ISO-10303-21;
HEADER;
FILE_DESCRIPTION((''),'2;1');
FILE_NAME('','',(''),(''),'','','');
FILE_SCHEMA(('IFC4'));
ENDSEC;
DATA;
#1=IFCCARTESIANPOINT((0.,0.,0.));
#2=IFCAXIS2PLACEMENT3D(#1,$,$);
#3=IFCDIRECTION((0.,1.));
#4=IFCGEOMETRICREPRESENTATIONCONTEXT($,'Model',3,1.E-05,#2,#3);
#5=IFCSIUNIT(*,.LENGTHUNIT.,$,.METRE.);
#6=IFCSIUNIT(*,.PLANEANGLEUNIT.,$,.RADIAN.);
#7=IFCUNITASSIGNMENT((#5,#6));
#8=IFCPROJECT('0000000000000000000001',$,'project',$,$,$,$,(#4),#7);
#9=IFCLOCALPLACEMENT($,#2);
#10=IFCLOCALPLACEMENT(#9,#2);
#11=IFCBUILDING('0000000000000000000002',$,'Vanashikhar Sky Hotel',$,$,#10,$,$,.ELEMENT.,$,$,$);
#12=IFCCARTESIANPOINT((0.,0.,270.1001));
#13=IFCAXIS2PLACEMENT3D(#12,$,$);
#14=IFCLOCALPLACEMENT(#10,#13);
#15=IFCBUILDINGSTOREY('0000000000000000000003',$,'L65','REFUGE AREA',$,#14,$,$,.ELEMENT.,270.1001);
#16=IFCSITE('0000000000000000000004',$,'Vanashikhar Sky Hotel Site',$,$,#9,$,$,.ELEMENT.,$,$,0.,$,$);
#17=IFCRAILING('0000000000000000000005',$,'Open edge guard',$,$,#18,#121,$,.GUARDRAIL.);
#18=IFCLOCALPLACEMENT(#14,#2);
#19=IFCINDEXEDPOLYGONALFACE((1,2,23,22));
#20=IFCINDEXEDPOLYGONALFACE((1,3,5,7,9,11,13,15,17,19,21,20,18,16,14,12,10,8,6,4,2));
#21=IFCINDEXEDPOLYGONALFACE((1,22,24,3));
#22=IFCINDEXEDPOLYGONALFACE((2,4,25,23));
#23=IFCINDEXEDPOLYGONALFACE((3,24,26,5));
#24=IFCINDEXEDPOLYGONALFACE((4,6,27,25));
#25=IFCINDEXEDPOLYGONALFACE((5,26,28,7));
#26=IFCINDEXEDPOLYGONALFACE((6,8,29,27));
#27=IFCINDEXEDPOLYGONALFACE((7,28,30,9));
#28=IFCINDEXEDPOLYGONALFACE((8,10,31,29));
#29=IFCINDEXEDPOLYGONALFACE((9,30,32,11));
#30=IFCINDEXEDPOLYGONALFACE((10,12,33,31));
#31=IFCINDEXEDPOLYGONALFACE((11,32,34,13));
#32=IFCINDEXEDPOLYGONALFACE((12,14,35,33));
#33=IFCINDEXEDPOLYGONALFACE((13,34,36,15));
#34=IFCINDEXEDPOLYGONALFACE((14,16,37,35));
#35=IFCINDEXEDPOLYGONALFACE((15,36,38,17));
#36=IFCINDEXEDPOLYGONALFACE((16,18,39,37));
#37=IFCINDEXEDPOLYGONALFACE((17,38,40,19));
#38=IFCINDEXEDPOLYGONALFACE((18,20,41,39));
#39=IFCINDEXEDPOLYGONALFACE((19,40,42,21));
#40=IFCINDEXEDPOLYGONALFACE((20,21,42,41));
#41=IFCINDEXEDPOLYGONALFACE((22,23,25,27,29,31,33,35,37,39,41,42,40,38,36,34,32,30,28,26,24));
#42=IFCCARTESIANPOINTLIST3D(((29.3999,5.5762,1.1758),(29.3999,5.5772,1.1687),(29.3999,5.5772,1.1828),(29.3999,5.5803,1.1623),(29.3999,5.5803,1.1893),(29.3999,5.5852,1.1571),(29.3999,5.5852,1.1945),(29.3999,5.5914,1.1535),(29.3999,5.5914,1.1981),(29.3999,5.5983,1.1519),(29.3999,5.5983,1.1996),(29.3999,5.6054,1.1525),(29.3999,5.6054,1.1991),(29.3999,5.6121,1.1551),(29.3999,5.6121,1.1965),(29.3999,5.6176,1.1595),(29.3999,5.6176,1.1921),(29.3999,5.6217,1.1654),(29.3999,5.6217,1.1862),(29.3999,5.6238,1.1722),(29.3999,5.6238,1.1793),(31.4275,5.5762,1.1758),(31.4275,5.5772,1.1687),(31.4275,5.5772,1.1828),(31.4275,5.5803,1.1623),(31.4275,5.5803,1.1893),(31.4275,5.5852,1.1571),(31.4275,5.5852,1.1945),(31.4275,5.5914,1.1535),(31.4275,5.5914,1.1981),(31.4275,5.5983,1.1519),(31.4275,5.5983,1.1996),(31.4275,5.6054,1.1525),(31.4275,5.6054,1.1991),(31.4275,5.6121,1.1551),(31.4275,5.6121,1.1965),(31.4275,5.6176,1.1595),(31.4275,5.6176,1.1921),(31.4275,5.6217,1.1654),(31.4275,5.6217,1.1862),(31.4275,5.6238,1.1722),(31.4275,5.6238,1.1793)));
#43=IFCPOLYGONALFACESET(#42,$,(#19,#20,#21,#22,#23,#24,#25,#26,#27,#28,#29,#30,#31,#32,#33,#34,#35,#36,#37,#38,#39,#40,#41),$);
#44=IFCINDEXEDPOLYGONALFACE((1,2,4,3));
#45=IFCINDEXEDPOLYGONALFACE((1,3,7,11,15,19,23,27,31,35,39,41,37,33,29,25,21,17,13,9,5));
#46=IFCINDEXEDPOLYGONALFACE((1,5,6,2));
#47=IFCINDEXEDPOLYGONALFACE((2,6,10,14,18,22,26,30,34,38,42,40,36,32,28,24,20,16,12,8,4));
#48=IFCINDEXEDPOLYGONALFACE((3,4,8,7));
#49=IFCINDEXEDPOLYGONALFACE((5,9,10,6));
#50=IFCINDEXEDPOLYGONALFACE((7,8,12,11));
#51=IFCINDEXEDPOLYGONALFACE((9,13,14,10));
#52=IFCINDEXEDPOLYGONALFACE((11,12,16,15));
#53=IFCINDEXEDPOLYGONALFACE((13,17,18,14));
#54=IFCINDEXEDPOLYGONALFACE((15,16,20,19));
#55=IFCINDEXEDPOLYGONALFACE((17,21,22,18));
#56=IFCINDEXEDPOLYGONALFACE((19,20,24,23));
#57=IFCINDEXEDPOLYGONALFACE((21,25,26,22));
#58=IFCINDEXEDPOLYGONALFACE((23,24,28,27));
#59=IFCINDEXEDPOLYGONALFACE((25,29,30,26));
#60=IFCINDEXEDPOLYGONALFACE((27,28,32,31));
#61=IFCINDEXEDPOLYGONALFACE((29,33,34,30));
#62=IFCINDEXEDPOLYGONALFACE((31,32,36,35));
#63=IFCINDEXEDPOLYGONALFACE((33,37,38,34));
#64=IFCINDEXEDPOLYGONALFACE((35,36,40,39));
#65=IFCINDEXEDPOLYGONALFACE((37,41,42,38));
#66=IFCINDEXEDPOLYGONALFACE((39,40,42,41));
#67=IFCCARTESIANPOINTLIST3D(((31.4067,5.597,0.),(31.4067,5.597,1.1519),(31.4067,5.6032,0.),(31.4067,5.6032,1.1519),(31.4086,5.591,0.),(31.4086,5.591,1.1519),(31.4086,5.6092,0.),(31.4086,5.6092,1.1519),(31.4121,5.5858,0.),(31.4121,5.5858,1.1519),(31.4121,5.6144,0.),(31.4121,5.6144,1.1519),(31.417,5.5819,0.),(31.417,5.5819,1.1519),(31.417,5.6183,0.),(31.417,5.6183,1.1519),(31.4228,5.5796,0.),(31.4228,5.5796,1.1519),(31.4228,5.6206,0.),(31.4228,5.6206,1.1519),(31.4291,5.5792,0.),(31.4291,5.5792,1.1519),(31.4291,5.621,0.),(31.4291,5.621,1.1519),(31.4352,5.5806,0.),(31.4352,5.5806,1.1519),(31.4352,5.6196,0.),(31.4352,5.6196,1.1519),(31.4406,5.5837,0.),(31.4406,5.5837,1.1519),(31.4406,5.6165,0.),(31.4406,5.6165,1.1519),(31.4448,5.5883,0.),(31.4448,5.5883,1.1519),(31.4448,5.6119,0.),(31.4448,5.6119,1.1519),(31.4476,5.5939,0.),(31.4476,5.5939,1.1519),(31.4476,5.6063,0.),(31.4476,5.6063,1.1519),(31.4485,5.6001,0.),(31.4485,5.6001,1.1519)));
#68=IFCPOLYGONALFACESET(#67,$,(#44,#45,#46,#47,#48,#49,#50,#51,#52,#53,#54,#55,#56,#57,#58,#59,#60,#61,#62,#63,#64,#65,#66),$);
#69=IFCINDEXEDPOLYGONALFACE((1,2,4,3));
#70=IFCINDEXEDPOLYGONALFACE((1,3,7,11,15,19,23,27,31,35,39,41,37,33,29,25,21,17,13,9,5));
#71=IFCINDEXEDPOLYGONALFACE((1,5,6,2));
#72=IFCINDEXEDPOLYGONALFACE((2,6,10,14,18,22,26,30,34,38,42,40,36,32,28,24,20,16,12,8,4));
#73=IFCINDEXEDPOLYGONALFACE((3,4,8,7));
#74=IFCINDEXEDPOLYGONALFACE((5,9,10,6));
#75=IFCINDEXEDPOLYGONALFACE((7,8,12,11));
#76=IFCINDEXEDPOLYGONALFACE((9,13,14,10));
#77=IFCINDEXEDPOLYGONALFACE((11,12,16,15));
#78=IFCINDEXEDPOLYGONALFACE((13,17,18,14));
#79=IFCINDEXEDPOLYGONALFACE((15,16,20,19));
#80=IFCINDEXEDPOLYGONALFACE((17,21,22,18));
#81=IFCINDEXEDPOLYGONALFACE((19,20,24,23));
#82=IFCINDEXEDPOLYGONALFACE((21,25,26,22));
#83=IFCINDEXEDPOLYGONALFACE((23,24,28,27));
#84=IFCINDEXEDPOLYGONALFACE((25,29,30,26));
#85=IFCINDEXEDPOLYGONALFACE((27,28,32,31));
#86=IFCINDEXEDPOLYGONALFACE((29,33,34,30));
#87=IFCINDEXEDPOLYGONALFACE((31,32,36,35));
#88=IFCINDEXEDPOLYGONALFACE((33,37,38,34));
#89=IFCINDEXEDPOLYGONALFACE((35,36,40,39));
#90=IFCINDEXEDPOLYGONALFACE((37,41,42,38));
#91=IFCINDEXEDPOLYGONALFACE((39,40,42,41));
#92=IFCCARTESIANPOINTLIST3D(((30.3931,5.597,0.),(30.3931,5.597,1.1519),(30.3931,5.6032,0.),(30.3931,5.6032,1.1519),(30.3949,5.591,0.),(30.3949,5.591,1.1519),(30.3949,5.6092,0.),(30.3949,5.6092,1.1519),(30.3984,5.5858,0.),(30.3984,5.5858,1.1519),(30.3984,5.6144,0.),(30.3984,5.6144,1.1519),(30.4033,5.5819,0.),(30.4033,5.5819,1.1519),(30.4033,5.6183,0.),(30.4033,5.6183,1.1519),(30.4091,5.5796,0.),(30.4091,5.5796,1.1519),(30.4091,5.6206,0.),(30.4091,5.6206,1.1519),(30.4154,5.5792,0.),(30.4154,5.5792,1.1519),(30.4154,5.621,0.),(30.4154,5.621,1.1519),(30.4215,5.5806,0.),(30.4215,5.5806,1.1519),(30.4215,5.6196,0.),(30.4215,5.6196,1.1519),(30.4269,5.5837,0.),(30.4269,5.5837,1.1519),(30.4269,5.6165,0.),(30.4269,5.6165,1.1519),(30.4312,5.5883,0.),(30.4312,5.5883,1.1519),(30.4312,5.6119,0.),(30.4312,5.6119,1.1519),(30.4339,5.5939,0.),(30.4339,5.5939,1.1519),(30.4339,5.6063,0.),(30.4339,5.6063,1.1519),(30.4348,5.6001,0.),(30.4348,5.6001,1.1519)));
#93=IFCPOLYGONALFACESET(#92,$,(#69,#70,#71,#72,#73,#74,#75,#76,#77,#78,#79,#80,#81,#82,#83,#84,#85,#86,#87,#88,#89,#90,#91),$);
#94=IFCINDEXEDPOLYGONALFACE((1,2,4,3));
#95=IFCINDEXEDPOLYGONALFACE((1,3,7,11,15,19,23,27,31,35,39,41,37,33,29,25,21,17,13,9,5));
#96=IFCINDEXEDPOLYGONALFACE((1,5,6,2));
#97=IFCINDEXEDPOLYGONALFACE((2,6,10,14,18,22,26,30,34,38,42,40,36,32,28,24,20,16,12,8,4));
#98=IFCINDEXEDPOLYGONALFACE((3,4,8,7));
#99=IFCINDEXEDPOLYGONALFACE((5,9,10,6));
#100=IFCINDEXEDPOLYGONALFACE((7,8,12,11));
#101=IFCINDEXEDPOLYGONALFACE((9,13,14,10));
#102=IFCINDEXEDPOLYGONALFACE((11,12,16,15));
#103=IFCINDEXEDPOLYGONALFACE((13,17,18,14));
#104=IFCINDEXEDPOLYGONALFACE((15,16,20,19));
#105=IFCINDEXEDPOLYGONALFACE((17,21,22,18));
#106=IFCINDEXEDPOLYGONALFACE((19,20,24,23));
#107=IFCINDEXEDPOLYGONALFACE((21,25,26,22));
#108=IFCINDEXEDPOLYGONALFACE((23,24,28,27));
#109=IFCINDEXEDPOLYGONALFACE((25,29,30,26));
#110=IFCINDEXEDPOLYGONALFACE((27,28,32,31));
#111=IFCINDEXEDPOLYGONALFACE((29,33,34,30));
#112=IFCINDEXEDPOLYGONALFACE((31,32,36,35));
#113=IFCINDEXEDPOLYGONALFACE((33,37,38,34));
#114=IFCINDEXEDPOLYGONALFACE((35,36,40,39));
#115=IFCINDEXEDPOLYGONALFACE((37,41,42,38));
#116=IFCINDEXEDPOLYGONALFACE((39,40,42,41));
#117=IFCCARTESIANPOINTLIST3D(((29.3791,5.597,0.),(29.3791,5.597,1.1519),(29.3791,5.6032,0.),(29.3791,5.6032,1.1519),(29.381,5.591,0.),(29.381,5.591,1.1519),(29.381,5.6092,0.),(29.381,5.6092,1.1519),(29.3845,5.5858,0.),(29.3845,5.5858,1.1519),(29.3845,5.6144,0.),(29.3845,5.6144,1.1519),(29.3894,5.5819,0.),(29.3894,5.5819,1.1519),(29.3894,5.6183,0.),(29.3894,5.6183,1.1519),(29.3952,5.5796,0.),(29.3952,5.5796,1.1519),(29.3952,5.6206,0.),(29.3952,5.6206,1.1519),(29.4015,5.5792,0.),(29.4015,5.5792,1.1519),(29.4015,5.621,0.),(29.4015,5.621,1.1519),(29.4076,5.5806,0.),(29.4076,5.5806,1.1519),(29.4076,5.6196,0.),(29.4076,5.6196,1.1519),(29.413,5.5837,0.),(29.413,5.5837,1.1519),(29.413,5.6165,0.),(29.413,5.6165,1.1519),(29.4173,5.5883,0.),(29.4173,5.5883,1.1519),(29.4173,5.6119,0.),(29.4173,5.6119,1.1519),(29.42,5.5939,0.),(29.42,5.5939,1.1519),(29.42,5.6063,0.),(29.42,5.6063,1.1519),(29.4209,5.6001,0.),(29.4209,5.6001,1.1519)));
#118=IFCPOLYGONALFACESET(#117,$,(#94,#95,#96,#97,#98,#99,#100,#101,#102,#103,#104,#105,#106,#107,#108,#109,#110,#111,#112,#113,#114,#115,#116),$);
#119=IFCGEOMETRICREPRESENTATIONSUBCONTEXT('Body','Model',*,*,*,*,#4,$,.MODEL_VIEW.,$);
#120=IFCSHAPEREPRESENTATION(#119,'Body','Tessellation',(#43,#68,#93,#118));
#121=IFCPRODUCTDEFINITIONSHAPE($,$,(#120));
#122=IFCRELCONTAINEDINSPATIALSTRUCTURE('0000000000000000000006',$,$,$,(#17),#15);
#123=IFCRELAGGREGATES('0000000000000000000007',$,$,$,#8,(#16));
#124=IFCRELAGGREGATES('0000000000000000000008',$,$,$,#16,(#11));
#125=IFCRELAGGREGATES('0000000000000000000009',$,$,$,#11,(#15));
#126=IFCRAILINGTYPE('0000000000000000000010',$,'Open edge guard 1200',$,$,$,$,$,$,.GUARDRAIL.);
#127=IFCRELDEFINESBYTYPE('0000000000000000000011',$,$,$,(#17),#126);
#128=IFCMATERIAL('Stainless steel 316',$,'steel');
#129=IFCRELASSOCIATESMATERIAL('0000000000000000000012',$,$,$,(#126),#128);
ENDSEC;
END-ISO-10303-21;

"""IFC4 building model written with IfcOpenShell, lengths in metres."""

from ifc_helpers import new_model, si_unit, direction, frame, origin, origin_2d, place, context, subcontext, project, spatial, circle, extrude, source, transform, mapped, material, type_object, element, save


model = new_model("IFC4")

# Units and contexts
model_context = context("Model", 3, precision=1e-05, world=origin(), true_north=direction((0.0, 1.0)))
body_context = subcontext(model_context, "Body", "Model", "MODEL_VIEW")
ifc_project = project(units=[si_unit("LENGTHUNIT", "METRE"), si_unit("PLANEANGLEUNIT", "RADIAN")], contexts=[model_context])

# Site, building, storey
site_placement = place(None, origin())
site = spatial("IfcSite", under=ifc_project, at=site_placement, Name="Vanashikhar Sky Hotel Site", CompositionType="ELEMENT", RefElevation=0.0)
building_placement = place(site_placement, origin())
building = spatial("IfcBuilding", under=site, at=building_placement, Name="Vanashikhar Sky Hotel", CompositionType="ELEMENT")
storey_placement = place(building_placement, frame((0.0, 0.0, 270.1001)))
storey = spatial("IfcBuildingStorey", under=building, at=storey_placement, Name="L65", Description="REFUGE AREA", CompositionType="ELEMENT", Elevation=270.1001)

# Railing
ifc_material_1 = material(Name="Stainless steel 316", Category="steel")
railing_type = type_object("IfcRailingType", Name="Open edge guard 1200", PredefinedType="GUARDRAIL", material=ifc_material_1)
shared_shape_1 = source(origin(), body_context, "Body", "SweptSolid", [
    extrude(circle(Radius=0.0239, at=origin_2d()), frame((0.0, 0.0, 1.1758), z_axis=(-1.0, 0.0, 0.0), x_axis=(0.0, -1.0, 0.0)), (0.0, 0.0, 1.0), 2.0276),
    extrude(circle(Radius=0.021, at=origin_2d()), origin(), (0.0, 0.0, 1.0), 1.1519),
    extrude(circle(Radius=0.021, at=origin_2d()), frame((-1.0137, 0.0, 0.0)), (0.0, 0.0, 1.0), 1.1519),
    extrude(circle(Radius=0.021, at=origin_2d()), frame((-2.0276, 0.0, 0.0)), (0.0, 0.0, 1.0), 1.1519),
])
railing_placement = place(storey_placement, frame((31.4275, 5.6001, 0.0)))
element("IfcRailing", 1, at=railing_placement, inside=storey, type_object=railing_type, Name="Open edge guard", PredefinedType="GUARDRAIL", context=body_context, shape_type="MappedRepresentation", body=[
    mapped(shared_shape_1, transform((0.0, 0.0, 0.0), scale=1.0)),
])

save(model, "model.ifc")
